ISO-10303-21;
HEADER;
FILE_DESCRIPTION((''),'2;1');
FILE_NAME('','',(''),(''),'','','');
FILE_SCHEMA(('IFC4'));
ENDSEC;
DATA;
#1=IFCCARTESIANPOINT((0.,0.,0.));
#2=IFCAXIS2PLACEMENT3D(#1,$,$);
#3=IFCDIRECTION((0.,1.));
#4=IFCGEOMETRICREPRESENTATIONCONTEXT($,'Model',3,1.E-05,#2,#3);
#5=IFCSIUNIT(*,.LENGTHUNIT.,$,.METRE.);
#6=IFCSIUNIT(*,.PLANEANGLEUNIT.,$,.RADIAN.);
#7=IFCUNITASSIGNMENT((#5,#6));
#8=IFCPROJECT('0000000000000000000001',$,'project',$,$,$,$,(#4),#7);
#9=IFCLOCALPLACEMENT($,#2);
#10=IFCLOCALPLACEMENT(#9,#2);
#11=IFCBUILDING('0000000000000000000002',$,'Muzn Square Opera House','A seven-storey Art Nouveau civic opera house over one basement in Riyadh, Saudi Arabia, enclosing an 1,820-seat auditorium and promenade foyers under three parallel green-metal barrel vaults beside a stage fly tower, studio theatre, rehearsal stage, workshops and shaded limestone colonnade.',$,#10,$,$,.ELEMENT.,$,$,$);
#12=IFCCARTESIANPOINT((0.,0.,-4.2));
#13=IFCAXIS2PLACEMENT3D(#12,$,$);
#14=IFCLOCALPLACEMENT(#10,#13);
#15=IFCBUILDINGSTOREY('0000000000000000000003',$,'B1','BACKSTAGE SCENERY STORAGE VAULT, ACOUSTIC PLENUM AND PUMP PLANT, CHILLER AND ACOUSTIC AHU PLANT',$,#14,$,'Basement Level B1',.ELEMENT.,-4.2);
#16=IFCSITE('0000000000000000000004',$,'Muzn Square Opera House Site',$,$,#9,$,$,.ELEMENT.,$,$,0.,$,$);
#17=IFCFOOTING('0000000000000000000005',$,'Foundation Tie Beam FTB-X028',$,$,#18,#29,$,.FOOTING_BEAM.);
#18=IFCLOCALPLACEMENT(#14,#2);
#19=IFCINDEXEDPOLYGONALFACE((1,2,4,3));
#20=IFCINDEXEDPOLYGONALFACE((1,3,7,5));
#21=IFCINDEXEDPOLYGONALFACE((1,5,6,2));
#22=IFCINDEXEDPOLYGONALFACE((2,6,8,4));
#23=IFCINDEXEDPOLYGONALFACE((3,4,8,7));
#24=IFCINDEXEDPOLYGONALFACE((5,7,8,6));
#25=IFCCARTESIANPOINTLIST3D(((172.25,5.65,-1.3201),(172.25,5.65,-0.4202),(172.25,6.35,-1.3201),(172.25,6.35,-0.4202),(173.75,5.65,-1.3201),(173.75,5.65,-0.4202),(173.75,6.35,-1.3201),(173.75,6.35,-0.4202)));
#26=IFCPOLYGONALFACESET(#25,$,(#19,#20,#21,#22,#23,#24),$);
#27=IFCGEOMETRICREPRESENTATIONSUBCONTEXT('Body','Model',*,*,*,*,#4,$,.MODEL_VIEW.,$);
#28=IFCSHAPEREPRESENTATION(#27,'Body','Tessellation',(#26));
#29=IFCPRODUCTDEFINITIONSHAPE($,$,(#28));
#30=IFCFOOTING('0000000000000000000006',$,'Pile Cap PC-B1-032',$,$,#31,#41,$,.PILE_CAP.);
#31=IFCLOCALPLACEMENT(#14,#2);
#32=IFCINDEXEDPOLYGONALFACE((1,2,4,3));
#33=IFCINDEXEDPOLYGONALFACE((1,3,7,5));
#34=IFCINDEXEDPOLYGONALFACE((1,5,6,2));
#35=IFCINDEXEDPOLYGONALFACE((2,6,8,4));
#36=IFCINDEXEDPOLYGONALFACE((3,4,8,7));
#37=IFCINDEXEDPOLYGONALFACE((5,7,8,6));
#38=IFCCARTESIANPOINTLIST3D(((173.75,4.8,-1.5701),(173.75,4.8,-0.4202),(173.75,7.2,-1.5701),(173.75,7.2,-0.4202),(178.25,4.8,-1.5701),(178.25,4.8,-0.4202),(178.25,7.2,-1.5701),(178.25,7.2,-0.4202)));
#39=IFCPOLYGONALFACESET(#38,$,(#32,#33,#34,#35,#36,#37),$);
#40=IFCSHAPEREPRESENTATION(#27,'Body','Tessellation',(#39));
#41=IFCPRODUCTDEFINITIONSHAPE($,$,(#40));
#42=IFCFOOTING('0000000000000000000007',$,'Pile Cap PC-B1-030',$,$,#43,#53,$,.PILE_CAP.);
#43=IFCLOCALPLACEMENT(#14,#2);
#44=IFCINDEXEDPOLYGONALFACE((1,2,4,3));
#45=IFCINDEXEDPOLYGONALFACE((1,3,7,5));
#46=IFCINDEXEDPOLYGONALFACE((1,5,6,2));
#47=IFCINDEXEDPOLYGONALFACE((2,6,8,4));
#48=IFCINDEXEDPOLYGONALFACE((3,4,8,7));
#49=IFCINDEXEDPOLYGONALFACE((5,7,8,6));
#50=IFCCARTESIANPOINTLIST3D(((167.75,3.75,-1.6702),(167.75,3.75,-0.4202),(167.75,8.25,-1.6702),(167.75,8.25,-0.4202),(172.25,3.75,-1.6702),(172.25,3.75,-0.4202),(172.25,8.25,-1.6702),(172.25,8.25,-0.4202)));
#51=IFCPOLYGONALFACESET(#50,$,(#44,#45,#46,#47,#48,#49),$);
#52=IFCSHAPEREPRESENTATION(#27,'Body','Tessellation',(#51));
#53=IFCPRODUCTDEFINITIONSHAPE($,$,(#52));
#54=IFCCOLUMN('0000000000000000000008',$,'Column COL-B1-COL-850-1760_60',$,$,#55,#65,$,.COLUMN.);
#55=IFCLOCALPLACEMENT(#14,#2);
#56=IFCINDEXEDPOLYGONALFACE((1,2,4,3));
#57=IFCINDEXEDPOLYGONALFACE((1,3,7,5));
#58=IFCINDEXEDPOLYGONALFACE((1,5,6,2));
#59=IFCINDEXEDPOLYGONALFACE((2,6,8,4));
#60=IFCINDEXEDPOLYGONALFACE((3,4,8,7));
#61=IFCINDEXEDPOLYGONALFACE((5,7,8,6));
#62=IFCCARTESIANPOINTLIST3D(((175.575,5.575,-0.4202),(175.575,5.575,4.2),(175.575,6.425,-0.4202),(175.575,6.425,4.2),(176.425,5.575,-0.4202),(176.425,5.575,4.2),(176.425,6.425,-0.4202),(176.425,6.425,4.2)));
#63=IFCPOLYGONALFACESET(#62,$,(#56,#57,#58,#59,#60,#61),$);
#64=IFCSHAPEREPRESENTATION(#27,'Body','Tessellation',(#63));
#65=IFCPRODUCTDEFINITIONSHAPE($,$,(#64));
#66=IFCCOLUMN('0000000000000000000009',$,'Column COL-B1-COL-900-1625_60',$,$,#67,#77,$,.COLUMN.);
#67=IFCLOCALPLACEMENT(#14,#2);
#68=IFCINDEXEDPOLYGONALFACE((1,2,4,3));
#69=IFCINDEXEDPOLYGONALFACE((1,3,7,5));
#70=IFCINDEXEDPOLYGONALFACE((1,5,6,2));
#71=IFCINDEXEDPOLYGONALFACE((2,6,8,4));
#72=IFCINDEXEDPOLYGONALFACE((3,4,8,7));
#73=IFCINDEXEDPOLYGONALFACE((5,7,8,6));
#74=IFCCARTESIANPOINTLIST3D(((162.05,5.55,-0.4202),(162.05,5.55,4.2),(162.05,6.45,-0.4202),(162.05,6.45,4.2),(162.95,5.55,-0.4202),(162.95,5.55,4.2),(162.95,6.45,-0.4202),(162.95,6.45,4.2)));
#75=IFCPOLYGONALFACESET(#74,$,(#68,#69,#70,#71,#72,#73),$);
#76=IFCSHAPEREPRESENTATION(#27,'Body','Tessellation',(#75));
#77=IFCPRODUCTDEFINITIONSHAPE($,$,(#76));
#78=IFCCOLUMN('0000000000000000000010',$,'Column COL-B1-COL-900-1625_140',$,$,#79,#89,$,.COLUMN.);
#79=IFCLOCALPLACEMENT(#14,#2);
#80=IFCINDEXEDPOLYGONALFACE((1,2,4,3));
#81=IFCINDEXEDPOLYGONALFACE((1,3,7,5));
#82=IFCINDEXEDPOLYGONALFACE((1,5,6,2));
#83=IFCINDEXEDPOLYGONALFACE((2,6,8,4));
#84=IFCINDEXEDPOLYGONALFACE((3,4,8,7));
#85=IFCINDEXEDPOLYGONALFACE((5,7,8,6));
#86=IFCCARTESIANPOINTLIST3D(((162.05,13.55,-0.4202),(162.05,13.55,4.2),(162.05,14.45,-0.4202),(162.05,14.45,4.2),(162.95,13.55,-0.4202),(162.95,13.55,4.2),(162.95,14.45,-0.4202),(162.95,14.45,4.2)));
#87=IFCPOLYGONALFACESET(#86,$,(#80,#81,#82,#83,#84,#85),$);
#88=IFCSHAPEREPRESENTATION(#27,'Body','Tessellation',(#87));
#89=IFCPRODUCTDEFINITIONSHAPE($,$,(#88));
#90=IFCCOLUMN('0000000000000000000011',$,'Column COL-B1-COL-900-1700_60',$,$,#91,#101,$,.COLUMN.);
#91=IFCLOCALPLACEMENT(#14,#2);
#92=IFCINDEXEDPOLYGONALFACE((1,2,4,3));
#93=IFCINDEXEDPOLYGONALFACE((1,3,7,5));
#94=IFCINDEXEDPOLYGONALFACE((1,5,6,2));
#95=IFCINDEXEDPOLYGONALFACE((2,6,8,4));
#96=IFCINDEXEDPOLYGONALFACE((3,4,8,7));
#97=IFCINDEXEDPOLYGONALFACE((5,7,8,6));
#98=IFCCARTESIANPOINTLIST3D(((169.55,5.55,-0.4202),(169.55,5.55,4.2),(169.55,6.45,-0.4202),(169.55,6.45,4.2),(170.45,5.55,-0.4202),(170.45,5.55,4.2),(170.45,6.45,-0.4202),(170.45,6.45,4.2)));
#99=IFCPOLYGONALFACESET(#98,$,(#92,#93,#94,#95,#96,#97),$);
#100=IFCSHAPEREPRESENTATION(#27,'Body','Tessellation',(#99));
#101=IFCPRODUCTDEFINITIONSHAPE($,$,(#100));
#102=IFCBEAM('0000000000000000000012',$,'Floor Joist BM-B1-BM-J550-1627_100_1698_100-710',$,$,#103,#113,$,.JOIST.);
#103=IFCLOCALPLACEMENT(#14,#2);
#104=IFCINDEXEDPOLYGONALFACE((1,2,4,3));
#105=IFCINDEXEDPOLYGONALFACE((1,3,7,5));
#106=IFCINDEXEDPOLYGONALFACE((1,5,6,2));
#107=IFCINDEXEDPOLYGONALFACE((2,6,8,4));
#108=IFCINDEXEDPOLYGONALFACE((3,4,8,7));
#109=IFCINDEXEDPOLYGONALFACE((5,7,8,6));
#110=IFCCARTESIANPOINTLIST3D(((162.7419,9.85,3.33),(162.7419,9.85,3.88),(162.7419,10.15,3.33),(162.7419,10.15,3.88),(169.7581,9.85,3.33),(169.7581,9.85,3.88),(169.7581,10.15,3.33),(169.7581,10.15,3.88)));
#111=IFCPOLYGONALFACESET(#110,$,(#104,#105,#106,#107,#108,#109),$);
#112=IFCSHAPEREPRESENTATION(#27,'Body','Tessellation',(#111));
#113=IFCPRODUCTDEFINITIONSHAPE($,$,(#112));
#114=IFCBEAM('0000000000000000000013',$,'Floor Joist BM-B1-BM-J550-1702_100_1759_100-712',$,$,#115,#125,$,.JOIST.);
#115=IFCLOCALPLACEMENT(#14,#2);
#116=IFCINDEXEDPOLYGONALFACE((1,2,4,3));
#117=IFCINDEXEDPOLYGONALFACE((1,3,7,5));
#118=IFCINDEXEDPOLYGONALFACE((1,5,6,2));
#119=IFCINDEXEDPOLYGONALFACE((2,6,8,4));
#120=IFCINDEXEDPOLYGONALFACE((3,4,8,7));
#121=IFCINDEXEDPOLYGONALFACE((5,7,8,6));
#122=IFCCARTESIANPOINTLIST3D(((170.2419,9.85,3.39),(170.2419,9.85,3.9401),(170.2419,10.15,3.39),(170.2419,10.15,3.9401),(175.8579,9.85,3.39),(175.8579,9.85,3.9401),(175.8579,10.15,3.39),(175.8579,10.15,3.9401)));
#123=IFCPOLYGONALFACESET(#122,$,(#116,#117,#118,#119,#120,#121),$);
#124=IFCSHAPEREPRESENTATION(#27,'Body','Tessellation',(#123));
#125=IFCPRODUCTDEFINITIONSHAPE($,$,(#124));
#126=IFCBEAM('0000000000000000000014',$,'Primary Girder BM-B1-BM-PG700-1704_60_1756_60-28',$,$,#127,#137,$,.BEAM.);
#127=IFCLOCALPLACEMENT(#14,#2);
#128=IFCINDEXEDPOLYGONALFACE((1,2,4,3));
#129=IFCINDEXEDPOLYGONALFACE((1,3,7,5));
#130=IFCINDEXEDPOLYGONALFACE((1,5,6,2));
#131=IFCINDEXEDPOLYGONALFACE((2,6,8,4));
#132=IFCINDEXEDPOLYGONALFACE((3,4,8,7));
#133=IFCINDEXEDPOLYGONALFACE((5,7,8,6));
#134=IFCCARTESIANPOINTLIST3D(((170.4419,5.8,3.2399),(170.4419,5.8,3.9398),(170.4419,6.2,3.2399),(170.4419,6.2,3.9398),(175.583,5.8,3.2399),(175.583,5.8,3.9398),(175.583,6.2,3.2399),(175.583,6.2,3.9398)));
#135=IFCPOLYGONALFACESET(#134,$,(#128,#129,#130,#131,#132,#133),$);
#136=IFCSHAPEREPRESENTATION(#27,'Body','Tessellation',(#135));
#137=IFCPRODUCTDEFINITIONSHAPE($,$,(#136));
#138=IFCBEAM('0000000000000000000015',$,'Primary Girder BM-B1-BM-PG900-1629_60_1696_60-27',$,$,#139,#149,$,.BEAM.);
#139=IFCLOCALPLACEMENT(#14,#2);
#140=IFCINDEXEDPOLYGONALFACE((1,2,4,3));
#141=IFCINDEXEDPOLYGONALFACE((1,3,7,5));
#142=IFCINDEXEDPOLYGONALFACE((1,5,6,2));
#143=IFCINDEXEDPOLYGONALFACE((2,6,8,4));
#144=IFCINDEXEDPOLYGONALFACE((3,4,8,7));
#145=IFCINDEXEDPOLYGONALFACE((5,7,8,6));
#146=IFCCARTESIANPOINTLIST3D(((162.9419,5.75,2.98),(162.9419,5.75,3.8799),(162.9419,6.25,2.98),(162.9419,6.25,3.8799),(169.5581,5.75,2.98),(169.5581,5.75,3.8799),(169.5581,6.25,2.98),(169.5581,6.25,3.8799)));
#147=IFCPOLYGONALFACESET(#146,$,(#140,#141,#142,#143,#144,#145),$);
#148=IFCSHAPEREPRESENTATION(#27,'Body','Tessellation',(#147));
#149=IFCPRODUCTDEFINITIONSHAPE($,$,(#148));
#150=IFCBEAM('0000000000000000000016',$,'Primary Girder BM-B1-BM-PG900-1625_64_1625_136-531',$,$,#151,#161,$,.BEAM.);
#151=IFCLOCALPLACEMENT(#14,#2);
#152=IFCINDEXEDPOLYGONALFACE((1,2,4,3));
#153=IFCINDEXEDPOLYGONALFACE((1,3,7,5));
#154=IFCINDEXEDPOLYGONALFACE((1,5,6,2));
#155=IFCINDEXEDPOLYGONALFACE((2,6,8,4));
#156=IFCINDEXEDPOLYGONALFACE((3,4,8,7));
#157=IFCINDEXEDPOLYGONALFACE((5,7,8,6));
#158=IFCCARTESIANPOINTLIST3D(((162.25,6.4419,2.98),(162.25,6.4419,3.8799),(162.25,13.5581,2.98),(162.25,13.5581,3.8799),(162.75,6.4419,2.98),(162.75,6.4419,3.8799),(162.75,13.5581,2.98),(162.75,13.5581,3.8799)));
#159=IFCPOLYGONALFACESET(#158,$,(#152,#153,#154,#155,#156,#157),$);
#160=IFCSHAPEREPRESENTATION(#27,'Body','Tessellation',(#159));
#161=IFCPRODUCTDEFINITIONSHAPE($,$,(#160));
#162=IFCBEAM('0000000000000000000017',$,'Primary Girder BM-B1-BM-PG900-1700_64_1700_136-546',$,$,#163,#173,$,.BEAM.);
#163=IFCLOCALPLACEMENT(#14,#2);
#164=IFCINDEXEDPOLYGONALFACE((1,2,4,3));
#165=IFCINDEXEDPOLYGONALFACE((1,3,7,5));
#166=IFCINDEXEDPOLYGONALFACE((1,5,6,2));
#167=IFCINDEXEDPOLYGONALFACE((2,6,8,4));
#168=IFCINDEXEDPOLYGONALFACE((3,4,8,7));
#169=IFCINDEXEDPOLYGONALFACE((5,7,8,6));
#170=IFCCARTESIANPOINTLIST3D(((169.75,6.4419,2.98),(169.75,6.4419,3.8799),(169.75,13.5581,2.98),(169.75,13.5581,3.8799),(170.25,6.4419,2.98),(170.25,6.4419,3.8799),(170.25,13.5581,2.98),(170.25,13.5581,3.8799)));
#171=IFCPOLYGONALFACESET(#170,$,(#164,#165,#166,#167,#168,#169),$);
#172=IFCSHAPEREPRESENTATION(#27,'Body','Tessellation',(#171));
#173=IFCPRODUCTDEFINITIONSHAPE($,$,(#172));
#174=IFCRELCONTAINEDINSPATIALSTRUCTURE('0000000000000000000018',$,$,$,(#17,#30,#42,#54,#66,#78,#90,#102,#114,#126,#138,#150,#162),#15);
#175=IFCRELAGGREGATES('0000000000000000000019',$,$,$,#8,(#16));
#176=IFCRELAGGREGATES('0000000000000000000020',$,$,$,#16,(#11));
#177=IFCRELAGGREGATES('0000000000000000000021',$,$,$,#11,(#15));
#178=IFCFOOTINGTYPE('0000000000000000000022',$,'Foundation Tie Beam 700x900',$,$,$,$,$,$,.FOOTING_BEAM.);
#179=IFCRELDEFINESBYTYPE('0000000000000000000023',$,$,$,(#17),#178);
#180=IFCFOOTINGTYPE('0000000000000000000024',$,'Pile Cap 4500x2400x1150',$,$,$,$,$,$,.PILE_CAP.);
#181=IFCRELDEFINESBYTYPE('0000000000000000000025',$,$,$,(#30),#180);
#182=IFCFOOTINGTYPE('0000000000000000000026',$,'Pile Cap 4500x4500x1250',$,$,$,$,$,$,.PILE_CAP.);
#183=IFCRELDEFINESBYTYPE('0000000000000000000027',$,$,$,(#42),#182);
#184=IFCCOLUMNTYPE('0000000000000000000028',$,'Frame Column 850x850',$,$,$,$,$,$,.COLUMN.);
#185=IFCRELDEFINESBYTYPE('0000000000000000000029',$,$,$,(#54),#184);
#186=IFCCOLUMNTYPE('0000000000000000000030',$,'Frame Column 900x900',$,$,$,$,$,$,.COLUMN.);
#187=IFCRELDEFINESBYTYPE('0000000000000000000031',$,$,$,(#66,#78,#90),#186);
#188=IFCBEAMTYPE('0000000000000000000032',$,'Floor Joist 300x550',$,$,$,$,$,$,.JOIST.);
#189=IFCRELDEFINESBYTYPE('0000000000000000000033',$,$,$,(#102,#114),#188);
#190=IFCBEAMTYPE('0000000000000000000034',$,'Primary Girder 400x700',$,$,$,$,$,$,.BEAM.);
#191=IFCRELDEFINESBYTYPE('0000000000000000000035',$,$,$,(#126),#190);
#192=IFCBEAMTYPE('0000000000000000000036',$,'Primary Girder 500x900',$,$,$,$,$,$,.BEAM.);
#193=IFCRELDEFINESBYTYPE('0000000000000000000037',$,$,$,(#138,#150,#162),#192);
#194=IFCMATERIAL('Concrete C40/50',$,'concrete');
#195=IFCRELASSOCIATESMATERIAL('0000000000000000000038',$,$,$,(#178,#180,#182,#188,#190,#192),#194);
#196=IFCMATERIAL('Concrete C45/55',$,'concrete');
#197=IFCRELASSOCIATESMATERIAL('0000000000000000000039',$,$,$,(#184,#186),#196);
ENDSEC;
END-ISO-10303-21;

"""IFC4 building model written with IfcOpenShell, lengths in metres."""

from ifc_helpers import new_model, si_unit, direction, frame, origin, origin_2d, place, context, subcontext, project, spatial, rectangle, extrude, material, material_profile, profile_set, type_object, element, save


model = new_model("IFC4")

# Units and contexts
model_context = context("Model", 3, precision=1e-05, world=origin(), true_north=direction((0.0, 1.0)))
body_context = subcontext(model_context, "Body", "Model", "MODEL_VIEW")
ifc_project = project(units=[si_unit("LENGTHUNIT", "METRE"), si_unit("PLANEANGLEUNIT", "RADIAN")], contexts=[model_context])

# Site, building, storey
site_placement = place(None, origin())
site = spatial("IfcSite", under=ifc_project, at=site_placement, Name="Muzn Square Opera House Site", CompositionType="ELEMENT", RefElevation=0.0)
building_placement = place(site_placement, origin())
building = spatial("IfcBuilding", under=site, at=building_placement, Name="Muzn Square Opera House", Description="A seven-storey Art Nouveau civic opera house over one basement in Riyadh, Saudi Arabia, enclosing an 1,820-seat auditorium and promenade foyers under three parallel green-metal barrel vaults beside a stage fly tower, studio theatre, rehearsal stage, workshops and shaded limestone colonnade.", CompositionType="ELEMENT")
storey_placement = place(building_placement, frame((0.0, 0.0, -4.2)))
storey = spatial("IfcBuildingStorey", under=building, at=storey_placement, Name="B1", Description="BACKSTAGE SCENERY STORAGE VAULT, ACOUSTIC PLENUM AND PUMP PLANT, CHILLER AND ACOUSTIC AHU PLANT", LongName="Basement Level B1", CompositionType="ELEMENT", Elevation=-4.2)

# Shared definitions
ifc_material_1 = material(Name="Concrete C40/50", Category="concrete")

# Footings
ifc_material_profile_1 = material_profile(ifc_material_1, rectangle(XDim=0.7, YDim=0.8999, at=origin_2d()), Name="RCTB 700x900", Category="concrete")
ifc_profile_set_1 = profile_set([ifc_material_profile_1], Name="Concrete C40/50")
footing_type_1 = type_object("IfcFootingType", Name="Foundation Tie Beam 700x900", PredefinedType="FOOTING_BEAM", material=ifc_profile_set_1)
footing_1_placement = place(storey_placement, frame((172.25, 6.0, -0.8701), z_axis=(1.0, 0.0, 0.0), x_axis=(0.0, 1.0, 0.0)))
element("IfcFooting", 1, at=footing_1_placement, inside=storey, type_object=footing_type_1, Name="Foundation Tie Beam FTB-X028", PredefinedType="FOOTING_BEAM", context=body_context, shape_type="SweptSolid", body=[
    extrude(rectangle(XDim=0.7, YDim=0.8999, at=origin_2d()), origin(), (0.0, 0.0, 1.0), 1.5),
])
footing_type_2 = type_object("IfcFootingType", Name="Pile Cap 4500x2400x1150", PredefinedType="PILE_CAP", material=ifc_material_1)
footing_2_placement = place(storey_placement, frame((176.0, 6.0, -1.5701), z_axis=(0.0, 0.0, 1.0), x_axis=(1.0, 0.0, 0.0)))
element("IfcFooting", 2, at=footing_2_placement, inside=storey, type_object=footing_type_2, Name="Pile Cap PC-B1-032", PredefinedType="PILE_CAP", context=body_context, shape_type="SweptSolid", body=[
    extrude(rectangle(XDim=4.5, YDim=2.3999, at=origin_2d()), origin(), (0.0, 0.0, 1.0), 1.1499),
])
footing_type_3 = type_object("IfcFootingType", Name="Pile Cap 4500x4500x1250", PredefinedType="PILE_CAP", material=ifc_material_1)
footing_3_placement = place(storey_placement, frame((170.0, 6.0, -1.6702), z_axis=(0.0, 0.0, 1.0), x_axis=(1.0, 0.0, 0.0)))
element("IfcFooting", 3, at=footing_3_placement, inside=storey, type_object=footing_type_3, Name="Pile Cap PC-B1-030", PredefinedType="PILE_CAP", context=body_context, shape_type="SweptSolid", body=[
    extrude(rectangle(XDim=4.5, YDim=4.5, at=origin_2d()), origin(), (0.0, 0.0, 1.0), 1.25),
])

# Columns
ifc_material_2 = material(Name="Concrete C45/55", Category="concrete")
ifc_material_profile_2 = material_profile(ifc_material_2, rectangle(XDim=0.8501, YDim=0.8501, at=origin_2d()), Name="RC 850x850", Category="concrete")
ifc_profile_set_2 = profile_set([ifc_material_profile_2], Name="Concrete C45/55")
column_type_1 = type_object("IfcColumnType", Name="Frame Column 850x850", PredefinedType="COLUMN", material=ifc_profile_set_2)
column_placement = place(storey_placement, frame((176.0, 6.0, -0.4202), z_axis=(0.0, 0.0, 1.0), x_axis=(1.0, 0.0, 0.0)))
element("IfcColumn", 4, at=column_placement, inside=storey, type_object=column_type_1, Name="Column COL-B1-COL-850-1760_60", PredefinedType="COLUMN", context=body_context, shape_type="SweptSolid", body=[
    extrude(rectangle(XDim=0.8501, YDim=0.8501, at=origin_2d()), origin(), (0.0, 0.0, 1.0), 4.6201),
])
ifc_material_profile_3 = material_profile(ifc_material_2, rectangle(XDim=0.8999, YDim=0.8999, at=origin_2d()), Name="RC 900x900", Category="concrete")
ifc_profile_set_3 = profile_set([ifc_material_profile_3], Name="Concrete C45/55")
column_type_2 = type_object("IfcColumnType", Name="Frame Column 900x900", PredefinedType="COLUMN", material=ifc_profile_set_3)
for number, where, z_axis, x_axis, name in (
    (5, (162.5, 6.0, -0.4202), (0.0, 0.0, 1.0), (1.0, 0.0, 0.0), "Column COL-B1-COL-900-1625_60"),
    (6, (162.5, 14.0, -0.4202), (0.0, 0.0, 1.0), (1.0, 0.0, 0.0), "Column COL-B1-COL-900-1625_140"),
    (7, (170.0, 6.0, -0.4202), (0.0, 0.0, 1.0), (1.0, 0.0, 0.0), "Column COL-B1-COL-900-1700_60"),
):
    element("IfcColumn", number, at=place(storey_placement, frame(where, z_axis=z_axis, x_axis=x_axis)), inside=storey, type_object=column_type_2, Name=name, PredefinedType="COLUMN", context=body_context, shape_type="SweptSolid", body=[
        extrude(rectangle(XDim=0.8999, YDim=0.8999, at=origin_2d()), origin(), (0.0, 0.0, 1.0), 4.6201),
    ])

# Beams
ifc_material_profile_4 = material_profile(ifc_material_1, rectangle(XDim=0.3, YDim=0.55, at=origin_2d()), Name="RCJ 300x550", Category="concrete")
ifc_profile_set_4 = profile_set([ifc_material_profile_4], Name="Concrete C40/50")
beam_type_1 = type_object("IfcBeamType", Name="Floor Joist 300x550", PredefinedType="JOIST", material=ifc_profile_set_4)
beam_1_placement = place(storey_placement, frame((162.7419, 10.0, 3.605), z_axis=(1.0, 0.0, 0.0), x_axis=(0.0, 1.0, 0.0)))
element("IfcBeam", 8, at=beam_1_placement, inside=storey, type_object=beam_type_1, Name="Floor Joist BM-B1-BM-J550-1627_100_1698_100-710", PredefinedType="JOIST", context=body_context, shape_type="SweptSolid", body=[
    extrude(rectangle(XDim=0.3, YDim=0.55, at=origin_2d()), origin(), (0.0, 0.0, 1.0), 7.0161),
])
beam_2_placement = place(storey_placement, frame((170.2419, 10.0, 3.665), z_axis=(1.0, 0.0, 0.0), x_axis=(0.0, 1.0, 0.0)))
element("IfcBeam", 9, at=beam_2_placement, inside=storey, type_object=beam_type_1, Name="Floor Joist BM-B1-BM-J550-1702_100_1759_100-712", PredefinedType="JOIST", context=body_context, shape_type="SweptSolid", body=[
    extrude(rectangle(XDim=0.3, YDim=0.55, at=origin_2d()), origin(), (0.0, 0.0, 1.0), 5.616),
])
ifc_material_profile_5 = material_profile(ifc_material_1, rectangle(XDim=0.3999, YDim=0.7, at=origin_2d()), Name="RCB 400x700", Category="concrete")
ifc_profile_set_5 = profile_set([ifc_material_profile_5], Name="Concrete C40/50")
beam_type_2 = type_object("IfcBeamType", Name="Primary Girder 400x700", PredefinedType="BEAM", material=ifc_profile_set_5)
beam_3_placement = place(storey_placement, frame((170.4419, 6.0, 3.5898), z_axis=(1.0, 0.0, 0.0), x_axis=(0.0, 1.0, 0.0)))
element("IfcBeam", 10, at=beam_3_placement, inside=storey, type_object=beam_type_2, Name="Primary Girder BM-B1-BM-PG700-1704_60_1756_60-28", PredefinedType="BEAM", context=body_context, shape_type="SweptSolid", body=[
    extrude(rectangle(XDim=0.3999, YDim=0.7, at=origin_2d()), origin(), (0.0, 0.0, 1.0), 5.1411),
])
ifc_material_profile_6 = material_profile(ifc_material_1, rectangle(XDim=0.5, YDim=0.8999, at=origin_2d()), Name="RCB 500x900", Category="concrete")
ifc_profile_set_6 = profile_set([ifc_material_profile_6], Name="Concrete C40/50")
beam_type_3 = type_object("IfcBeamType", Name="Primary Girder 500x900", PredefinedType="BEAM", material=ifc_profile_set_6)
beam_4_placement = place(storey_placement, frame((162.9419, 6.0, 3.4299), z_axis=(1.0, 0.0, 0.0), x_axis=(0.0, 1.0, 0.0)))
element("IfcBeam", 11, at=beam_4_placement, inside=storey, type_object=beam_type_3, Name="Primary Girder BM-B1-BM-PG900-1629_60_1696_60-27", PredefinedType="BEAM", context=body_context, shape_type="SweptSolid", body=[
    extrude(rectangle(XDim=0.5, YDim=0.8999, at=origin_2d()), origin(), (0.0, 0.0, 1.0), 6.6162),
])
for number, where, z_axis, x_axis, name in (
    (12, (162.5, 6.4419, 3.4299), (0.0, 1.0, 0.0), (-1.0, 0.0, 0.0), "Primary Girder BM-B1-BM-PG900-1625_64_1625_136-531"),
    (13, (170.0, 6.4419, 3.4299), (0.0, 1.0, 0.0), (-1.0, 0.0, 0.0), "Primary Girder BM-B1-BM-PG900-1700_64_1700_136-546"),
):
    element("IfcBeam", number, at=place(storey_placement, frame(where, z_axis=z_axis, x_axis=x_axis)), inside=storey, type_object=beam_type_3, Name=name, PredefinedType="BEAM", context=body_context, shape_type="SweptSolid", body=[
        extrude(rectangle(XDim=0.5, YDim=0.8999, at=origin_2d()), origin(), (0.0, 0.0, 1.0), 7.1162),
    ])

save(model, "model.ifc")
